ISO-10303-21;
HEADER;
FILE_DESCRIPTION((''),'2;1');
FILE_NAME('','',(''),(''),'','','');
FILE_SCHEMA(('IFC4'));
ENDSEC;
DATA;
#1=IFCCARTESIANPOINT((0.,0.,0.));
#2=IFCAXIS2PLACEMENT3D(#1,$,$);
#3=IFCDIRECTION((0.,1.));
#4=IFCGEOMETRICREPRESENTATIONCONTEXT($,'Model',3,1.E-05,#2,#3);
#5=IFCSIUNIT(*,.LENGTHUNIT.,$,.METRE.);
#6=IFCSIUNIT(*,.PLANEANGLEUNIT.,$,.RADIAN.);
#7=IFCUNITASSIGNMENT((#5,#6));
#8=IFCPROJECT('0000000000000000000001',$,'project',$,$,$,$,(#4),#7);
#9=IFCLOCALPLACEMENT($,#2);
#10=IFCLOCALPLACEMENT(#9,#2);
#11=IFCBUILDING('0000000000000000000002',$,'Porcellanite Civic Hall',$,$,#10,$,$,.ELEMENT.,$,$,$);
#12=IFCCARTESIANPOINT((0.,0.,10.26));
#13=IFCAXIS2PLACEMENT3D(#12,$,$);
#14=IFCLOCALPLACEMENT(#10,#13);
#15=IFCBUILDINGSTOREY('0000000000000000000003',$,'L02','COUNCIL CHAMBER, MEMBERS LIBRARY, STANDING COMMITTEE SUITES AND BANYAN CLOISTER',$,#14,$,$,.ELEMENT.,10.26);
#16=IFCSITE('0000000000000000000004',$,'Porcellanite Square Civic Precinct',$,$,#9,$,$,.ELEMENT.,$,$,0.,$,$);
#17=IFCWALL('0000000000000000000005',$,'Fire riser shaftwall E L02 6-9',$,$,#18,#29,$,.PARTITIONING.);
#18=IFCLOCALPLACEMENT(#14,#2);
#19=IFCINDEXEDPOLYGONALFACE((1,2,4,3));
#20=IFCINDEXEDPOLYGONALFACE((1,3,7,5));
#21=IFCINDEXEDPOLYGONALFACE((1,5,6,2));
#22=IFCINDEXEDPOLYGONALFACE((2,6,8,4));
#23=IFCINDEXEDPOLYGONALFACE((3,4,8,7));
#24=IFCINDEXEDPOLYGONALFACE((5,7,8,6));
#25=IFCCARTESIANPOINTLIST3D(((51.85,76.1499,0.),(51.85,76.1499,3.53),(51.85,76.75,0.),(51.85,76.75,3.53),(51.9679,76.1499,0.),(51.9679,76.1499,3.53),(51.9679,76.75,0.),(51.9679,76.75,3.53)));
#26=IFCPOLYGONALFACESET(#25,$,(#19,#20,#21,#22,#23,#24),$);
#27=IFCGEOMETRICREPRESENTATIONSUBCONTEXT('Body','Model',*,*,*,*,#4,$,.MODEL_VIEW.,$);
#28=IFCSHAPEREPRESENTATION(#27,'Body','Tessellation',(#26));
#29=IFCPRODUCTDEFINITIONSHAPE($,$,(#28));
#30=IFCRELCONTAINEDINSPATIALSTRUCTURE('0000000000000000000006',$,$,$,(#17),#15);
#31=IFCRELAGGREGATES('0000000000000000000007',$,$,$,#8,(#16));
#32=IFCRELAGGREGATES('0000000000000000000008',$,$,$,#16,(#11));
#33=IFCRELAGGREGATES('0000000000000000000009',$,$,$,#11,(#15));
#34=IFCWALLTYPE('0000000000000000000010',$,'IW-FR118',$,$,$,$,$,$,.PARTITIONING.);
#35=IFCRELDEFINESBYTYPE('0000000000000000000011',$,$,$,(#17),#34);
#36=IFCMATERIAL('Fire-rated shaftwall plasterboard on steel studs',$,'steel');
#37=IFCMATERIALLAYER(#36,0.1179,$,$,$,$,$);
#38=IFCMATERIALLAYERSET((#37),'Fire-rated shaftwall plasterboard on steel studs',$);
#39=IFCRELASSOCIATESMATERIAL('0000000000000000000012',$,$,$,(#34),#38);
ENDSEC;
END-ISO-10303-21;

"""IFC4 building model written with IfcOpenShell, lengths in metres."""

from ifc_helpers import new_model, si_unit, direction, frame, frame_2d, origin, place, context, subcontext, project, spatial, rectangle, extrude, material, layer, layer_set, type_object, element, save


model = new_model("IFC4")

# Units and contexts
model_context = context("Model", 3, precision=1e-05, world=origin(), true_north=direction((0.0, 1.0)))
body_context = subcontext(model_context, "Body", "Model", "MODEL_VIEW")
ifc_project = project(units=[si_unit("LENGTHUNIT", "METRE"), si_unit("PLANEANGLEUNIT", "RADIAN")], contexts=[model_context])

# Site, building, storey
site_placement = place(None, origin())
site = spatial("IfcSite", under=ifc_project, at=site_placement, Name="Porcellanite Square Civic Precinct", CompositionType="ELEMENT", RefElevation=0.0)
building_placement = place(site_placement, origin())
building = spatial("IfcBuilding", under=site, at=building_placement, Name="Porcellanite Civic Hall", CompositionType="ELEMENT")
storey_placement = place(building_placement, frame((0.0, 0.0, 10.26)))
storey = spatial("IfcBuildingStorey", under=building, at=storey_placement, Name="L02", Description="COUNCIL CHAMBER, MEMBERS LIBRARY, STANDING COMMITTEE SUITES AND BANYAN CLOISTER", CompositionType="ELEMENT", Elevation=10.26)

# Wall
ifc_material_1 = material(Name="Fire-rated shaftwall plasterboard on steel studs", Category="steel")
ifc_layer_1 = layer(ifc_material_1, 0.1179)
ifc_layer_set_1 = layer_set([ifc_layer_1], Name="Fire-rated shaftwall plasterboard on steel studs")
wall_type = type_object("IfcWallType", Name="IW-FR118", PredefinedType="PARTITIONING", material=ifc_layer_set_1)
for number, where, z_axis, x_axis, name in (
    (1, (51.9089, 76.1499, 0.0), (0.0, 0.0, 1.0), (0.0, 1.0, 0.0), "Fire riser shaftwall E L02 6-9"),
):
    element("IfcWall", number, at=place(storey_placement, frame(where, z_axis=z_axis, x_axis=x_axis)), inside=storey, type_object=wall_type, Name=name, PredefinedType="PARTITIONING", context=body_context, shape_type="SweptSolid", body=[
        extrude(rectangle(XDim=0.6001, YDim=0.1179, at=frame_2d((0.3, 0.0))), origin(), (0.0, 0.0, 1.0), 3.53),
    ])

save(model, "model.ifc")
